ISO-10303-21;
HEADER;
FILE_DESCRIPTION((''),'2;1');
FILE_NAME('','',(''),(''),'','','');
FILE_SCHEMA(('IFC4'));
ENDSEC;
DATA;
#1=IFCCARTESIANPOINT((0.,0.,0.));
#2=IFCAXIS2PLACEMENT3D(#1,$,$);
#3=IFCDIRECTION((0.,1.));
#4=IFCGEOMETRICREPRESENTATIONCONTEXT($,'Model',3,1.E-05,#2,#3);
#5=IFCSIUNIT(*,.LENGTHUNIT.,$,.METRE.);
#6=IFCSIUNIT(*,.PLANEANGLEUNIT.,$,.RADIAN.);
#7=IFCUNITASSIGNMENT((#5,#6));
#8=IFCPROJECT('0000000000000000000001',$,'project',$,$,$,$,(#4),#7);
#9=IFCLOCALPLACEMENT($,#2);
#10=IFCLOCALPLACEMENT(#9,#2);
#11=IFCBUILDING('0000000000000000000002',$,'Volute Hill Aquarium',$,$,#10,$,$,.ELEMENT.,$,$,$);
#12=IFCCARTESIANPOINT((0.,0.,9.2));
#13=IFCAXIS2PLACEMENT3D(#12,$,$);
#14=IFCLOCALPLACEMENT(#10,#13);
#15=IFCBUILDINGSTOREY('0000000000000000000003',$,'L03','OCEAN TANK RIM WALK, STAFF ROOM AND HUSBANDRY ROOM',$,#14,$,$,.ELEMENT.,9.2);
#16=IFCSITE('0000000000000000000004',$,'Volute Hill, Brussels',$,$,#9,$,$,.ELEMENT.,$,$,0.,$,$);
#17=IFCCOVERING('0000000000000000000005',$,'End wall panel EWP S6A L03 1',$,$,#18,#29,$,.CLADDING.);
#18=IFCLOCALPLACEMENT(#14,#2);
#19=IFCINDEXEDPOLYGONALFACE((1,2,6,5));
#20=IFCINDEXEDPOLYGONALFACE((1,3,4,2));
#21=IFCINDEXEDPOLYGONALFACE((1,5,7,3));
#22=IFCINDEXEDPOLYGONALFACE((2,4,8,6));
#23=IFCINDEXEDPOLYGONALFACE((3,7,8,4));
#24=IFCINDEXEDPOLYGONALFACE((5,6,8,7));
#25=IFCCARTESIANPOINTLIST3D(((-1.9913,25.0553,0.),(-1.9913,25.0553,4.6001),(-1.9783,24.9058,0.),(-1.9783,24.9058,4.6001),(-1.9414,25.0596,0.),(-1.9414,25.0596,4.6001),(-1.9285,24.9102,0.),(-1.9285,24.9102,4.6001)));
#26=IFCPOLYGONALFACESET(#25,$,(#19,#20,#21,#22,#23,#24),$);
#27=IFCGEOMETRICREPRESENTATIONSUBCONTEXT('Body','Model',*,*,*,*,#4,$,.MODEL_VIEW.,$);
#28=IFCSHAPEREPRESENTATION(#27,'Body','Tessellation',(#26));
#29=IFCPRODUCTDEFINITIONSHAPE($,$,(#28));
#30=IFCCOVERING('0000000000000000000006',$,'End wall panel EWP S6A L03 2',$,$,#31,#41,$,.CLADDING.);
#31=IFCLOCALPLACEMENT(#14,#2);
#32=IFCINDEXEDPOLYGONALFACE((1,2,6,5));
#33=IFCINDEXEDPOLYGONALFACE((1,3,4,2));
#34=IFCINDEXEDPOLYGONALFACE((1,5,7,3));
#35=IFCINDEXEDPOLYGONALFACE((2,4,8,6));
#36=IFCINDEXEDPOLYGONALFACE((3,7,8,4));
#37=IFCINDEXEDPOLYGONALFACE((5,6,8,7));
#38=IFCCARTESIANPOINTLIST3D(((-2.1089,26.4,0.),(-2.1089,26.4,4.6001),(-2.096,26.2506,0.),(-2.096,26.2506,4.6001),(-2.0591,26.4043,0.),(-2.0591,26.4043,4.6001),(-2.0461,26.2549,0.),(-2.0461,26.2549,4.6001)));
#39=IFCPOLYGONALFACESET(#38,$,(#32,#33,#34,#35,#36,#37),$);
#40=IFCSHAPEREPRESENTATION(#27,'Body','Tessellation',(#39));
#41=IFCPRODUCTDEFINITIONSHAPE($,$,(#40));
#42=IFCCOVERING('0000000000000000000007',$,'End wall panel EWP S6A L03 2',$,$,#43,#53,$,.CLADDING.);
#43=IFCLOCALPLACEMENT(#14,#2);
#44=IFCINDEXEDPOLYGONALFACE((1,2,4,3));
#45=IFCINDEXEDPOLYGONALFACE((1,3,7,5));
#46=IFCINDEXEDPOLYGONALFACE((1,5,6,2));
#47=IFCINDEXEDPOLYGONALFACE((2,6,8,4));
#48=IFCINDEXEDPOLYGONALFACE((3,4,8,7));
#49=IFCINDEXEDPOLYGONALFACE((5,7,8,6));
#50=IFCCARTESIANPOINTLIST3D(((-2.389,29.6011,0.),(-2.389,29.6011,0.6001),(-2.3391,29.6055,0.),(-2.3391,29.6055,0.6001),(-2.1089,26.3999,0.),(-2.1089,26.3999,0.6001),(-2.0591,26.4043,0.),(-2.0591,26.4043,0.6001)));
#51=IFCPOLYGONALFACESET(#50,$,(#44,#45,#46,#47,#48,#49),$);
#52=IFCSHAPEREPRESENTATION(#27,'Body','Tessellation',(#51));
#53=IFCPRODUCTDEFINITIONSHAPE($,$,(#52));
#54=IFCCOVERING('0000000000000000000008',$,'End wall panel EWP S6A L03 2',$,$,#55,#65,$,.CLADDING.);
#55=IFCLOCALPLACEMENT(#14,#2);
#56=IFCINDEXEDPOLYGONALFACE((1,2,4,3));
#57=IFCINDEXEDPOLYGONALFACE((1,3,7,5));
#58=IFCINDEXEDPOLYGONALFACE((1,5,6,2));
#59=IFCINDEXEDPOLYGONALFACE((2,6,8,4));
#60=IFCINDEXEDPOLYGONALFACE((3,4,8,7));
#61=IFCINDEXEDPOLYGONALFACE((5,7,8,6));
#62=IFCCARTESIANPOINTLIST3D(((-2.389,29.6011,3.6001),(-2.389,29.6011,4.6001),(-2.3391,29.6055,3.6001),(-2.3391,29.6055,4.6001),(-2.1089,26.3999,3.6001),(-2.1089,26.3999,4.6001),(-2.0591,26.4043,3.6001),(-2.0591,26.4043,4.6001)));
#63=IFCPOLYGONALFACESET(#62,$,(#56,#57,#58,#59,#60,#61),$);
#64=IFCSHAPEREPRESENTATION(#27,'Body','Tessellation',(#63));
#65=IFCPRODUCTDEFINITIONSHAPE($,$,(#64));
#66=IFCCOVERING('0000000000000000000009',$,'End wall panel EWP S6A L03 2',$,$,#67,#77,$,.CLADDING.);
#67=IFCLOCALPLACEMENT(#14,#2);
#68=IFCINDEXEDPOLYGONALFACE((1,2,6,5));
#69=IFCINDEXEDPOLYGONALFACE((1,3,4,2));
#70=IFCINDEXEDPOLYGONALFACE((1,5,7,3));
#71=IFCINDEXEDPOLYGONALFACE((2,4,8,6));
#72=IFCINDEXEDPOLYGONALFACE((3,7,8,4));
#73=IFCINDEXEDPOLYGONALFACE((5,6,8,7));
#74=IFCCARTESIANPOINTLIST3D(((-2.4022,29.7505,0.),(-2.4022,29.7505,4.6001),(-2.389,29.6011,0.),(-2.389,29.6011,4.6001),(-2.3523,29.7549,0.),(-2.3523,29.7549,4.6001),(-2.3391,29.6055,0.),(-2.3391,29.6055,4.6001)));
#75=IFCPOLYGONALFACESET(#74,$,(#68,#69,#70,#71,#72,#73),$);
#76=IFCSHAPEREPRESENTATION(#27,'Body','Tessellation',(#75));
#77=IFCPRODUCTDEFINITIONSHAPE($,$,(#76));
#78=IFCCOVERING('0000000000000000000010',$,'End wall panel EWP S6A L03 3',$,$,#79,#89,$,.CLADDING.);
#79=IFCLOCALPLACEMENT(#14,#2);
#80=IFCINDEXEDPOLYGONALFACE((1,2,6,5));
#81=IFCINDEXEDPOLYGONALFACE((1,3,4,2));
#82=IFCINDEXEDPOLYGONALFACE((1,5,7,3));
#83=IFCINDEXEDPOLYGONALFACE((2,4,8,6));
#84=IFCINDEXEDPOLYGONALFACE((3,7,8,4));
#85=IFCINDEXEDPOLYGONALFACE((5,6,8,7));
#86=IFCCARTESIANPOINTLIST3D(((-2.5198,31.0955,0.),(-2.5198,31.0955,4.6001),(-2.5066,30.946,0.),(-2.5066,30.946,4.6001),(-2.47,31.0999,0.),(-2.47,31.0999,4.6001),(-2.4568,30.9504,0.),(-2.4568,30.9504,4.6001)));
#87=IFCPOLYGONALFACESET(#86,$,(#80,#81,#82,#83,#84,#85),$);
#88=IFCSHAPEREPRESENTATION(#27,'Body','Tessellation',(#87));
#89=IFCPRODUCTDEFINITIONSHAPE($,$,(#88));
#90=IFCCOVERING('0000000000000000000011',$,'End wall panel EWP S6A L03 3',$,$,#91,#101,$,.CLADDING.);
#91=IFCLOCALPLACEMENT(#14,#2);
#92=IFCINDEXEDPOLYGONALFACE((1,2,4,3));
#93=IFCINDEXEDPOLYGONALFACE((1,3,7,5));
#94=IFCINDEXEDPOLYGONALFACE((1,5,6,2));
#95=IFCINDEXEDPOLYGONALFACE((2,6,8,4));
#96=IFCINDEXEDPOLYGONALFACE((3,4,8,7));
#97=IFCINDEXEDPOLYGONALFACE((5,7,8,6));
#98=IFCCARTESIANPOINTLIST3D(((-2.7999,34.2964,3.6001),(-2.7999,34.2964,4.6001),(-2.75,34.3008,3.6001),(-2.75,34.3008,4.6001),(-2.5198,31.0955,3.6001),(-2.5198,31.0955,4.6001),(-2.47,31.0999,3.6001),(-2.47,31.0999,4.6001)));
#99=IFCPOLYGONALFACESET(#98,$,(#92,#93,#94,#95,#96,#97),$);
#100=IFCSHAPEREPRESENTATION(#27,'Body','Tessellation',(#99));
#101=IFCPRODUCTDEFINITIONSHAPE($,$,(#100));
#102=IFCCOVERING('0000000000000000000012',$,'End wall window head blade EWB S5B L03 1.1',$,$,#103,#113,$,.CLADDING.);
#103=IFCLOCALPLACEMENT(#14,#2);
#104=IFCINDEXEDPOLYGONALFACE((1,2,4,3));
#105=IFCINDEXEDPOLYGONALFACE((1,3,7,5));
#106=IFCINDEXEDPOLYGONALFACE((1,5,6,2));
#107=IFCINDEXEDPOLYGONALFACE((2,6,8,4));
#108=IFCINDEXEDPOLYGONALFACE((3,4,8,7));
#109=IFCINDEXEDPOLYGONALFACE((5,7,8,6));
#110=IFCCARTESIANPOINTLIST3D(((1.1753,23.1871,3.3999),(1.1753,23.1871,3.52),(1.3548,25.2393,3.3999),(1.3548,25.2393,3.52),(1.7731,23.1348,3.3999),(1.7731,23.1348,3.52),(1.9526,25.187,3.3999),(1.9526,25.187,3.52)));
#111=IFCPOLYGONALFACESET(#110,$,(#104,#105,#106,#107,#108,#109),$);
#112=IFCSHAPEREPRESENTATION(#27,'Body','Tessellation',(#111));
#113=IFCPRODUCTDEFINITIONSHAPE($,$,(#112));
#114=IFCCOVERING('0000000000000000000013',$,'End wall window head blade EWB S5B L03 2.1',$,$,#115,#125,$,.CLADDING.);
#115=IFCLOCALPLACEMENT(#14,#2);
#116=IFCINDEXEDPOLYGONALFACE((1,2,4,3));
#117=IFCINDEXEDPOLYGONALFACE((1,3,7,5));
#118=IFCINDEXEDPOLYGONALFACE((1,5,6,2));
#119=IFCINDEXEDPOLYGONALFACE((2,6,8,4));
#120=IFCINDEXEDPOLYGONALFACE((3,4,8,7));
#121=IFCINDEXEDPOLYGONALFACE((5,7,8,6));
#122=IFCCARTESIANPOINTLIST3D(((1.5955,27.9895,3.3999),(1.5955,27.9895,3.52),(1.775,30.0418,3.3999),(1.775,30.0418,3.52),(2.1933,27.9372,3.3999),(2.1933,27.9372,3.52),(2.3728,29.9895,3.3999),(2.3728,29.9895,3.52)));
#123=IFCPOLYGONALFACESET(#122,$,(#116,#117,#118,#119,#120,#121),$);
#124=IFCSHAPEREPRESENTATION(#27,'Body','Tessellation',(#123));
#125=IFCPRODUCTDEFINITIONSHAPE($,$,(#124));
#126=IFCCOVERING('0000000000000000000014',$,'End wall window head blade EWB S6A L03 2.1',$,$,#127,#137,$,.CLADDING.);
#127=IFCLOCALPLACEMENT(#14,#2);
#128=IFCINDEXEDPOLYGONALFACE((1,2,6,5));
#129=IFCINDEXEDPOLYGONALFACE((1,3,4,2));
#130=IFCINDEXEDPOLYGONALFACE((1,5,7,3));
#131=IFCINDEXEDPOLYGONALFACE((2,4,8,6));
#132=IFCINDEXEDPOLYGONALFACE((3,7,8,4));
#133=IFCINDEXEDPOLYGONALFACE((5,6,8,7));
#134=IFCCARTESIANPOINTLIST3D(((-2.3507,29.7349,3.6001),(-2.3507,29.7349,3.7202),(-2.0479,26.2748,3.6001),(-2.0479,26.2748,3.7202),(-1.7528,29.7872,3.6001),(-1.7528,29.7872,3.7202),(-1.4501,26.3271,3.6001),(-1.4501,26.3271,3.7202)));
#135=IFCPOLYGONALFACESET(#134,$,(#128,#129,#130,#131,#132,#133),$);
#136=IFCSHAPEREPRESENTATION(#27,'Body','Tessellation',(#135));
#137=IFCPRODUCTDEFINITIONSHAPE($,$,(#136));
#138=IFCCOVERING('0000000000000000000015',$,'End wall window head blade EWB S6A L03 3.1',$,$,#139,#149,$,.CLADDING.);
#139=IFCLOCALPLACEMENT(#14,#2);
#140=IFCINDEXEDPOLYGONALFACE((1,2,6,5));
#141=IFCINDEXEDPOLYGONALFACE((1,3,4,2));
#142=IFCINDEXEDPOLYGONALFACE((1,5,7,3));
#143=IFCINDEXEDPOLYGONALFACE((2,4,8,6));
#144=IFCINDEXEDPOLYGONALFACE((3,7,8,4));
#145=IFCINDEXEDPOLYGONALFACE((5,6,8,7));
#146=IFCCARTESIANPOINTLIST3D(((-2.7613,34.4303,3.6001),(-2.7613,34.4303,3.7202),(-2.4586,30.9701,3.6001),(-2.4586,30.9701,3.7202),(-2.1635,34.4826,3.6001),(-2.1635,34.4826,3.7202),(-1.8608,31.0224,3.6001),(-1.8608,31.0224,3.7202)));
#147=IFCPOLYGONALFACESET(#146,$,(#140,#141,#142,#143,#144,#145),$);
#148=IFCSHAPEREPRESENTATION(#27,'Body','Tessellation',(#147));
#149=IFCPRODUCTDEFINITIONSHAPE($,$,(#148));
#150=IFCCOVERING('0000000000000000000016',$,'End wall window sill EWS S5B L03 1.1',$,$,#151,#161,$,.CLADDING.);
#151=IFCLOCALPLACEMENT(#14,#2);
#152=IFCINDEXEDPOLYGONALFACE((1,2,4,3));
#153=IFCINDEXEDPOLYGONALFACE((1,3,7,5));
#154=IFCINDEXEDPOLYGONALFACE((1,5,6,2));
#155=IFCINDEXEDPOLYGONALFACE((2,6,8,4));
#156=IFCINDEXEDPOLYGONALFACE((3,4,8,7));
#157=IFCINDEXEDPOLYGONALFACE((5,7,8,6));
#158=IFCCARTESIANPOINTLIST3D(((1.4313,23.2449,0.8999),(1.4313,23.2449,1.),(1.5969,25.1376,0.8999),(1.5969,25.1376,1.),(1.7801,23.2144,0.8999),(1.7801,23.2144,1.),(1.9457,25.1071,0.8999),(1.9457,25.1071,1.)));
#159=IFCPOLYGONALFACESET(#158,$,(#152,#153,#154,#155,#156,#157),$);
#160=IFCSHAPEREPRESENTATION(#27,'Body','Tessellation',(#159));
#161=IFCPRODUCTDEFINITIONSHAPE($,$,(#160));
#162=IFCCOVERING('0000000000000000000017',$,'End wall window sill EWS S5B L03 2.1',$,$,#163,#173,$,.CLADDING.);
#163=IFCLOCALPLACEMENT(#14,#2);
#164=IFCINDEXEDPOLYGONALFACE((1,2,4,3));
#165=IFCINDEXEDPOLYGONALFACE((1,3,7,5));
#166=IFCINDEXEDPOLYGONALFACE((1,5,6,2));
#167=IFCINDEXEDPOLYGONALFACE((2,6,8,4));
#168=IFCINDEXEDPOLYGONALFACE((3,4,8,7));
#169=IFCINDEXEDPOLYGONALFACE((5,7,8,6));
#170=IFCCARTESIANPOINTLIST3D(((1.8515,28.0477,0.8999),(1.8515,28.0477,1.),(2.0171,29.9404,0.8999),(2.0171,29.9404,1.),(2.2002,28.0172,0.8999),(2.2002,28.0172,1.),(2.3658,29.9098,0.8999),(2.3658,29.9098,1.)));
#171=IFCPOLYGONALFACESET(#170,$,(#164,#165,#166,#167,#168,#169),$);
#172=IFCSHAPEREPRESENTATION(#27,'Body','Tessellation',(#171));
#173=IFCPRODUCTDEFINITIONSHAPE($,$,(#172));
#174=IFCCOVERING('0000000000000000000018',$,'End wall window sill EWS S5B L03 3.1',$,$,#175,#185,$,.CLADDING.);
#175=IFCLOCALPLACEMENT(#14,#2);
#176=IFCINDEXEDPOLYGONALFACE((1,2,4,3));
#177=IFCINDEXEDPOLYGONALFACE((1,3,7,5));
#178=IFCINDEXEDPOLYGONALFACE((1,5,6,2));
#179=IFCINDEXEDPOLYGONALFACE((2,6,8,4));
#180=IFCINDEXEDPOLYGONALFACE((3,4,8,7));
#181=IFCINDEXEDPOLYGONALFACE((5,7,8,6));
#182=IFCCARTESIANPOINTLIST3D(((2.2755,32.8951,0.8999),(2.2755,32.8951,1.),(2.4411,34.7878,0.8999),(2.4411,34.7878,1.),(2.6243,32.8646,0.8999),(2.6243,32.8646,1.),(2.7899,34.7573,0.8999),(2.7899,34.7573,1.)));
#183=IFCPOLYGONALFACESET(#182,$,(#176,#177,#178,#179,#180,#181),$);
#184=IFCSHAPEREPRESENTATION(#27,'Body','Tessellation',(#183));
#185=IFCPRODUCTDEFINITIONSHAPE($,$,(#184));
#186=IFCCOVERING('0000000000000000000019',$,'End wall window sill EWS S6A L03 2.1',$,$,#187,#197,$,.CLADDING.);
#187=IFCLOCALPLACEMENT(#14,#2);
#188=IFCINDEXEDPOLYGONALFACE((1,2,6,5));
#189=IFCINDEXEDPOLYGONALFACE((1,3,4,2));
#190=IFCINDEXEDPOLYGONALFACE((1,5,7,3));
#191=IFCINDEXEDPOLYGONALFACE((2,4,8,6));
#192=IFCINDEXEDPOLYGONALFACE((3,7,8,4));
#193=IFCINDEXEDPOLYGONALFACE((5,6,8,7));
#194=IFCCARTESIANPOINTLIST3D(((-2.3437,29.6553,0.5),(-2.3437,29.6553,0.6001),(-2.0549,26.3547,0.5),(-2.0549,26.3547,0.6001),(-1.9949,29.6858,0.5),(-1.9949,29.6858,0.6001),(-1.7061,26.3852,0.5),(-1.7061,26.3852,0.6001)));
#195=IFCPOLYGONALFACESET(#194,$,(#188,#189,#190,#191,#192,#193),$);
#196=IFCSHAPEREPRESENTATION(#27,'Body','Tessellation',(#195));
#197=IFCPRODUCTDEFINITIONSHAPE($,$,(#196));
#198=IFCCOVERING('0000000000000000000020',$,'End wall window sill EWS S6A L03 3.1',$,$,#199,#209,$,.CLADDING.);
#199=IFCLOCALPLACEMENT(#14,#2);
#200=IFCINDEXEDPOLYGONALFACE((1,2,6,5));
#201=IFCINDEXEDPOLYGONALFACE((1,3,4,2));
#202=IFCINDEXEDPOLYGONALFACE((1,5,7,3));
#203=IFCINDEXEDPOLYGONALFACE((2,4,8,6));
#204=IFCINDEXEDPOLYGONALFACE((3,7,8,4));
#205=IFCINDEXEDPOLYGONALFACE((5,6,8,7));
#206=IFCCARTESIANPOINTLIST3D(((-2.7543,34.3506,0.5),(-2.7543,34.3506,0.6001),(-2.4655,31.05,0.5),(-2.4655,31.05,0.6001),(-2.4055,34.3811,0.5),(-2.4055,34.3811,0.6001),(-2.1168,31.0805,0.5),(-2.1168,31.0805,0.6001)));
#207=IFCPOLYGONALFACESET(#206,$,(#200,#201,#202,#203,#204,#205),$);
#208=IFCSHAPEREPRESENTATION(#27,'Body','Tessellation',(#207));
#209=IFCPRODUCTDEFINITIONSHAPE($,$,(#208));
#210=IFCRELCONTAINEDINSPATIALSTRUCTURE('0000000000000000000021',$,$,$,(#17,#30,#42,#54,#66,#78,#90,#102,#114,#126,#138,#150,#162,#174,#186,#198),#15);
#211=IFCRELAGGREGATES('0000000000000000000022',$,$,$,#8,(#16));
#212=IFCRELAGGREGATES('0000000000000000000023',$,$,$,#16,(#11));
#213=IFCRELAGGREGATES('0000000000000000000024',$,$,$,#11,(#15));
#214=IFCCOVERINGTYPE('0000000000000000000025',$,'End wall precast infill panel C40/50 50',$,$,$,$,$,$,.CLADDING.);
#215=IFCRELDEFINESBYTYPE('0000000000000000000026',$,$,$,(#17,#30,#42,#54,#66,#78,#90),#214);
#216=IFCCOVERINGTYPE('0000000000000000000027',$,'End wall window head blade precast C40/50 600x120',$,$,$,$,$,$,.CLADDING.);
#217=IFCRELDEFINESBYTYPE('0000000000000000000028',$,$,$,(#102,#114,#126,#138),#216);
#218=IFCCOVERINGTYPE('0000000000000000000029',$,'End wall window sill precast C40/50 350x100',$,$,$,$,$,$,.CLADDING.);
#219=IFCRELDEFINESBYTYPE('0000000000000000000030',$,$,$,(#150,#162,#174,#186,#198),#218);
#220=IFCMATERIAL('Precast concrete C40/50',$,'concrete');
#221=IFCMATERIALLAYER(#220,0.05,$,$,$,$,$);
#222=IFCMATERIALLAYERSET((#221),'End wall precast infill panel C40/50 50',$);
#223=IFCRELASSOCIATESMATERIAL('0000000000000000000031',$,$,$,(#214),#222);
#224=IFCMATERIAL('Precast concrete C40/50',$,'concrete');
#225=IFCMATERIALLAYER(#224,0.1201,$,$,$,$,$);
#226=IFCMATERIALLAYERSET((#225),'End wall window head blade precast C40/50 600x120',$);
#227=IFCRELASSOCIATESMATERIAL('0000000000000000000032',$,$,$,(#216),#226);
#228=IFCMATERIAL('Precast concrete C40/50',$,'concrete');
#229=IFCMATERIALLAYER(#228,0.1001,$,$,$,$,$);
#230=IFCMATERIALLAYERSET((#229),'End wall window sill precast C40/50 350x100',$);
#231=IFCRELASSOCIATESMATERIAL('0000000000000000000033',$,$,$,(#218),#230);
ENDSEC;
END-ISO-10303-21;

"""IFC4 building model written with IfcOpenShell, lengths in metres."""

from ifc_helpers import new_model, si_unit, direction, frame, origin, origin_2d, place, context, subcontext, project, spatial, polyline, rectangle, outline, extrude, material, layer, layer_set, type_object, element, save


model = new_model("IFC4")

# Units and contexts
model_context = context("Model", 3, precision=1e-05, world=origin(), true_north=direction((0.0, 1.0)))
body_context = subcontext(model_context, "Body", "Model", "MODEL_VIEW")
ifc_project = project(units=[si_unit("LENGTHUNIT", "METRE"), si_unit("PLANEANGLEUNIT", "RADIAN")], contexts=[model_context])

# Site, building, storey
site_placement = place(None, origin())
site = spatial("IfcSite", under=ifc_project, at=site_placement, Name="Volute Hill, Brussels", CompositionType="ELEMENT", RefElevation=0.0)
building_placement = place(site_placement, origin())
building = spatial("IfcBuilding", under=site, at=building_placement, Name="Volute Hill Aquarium", CompositionType="ELEMENT")
storey_placement = place(building_placement, frame((0.0, 0.0, 9.2)))
storey = spatial("IfcBuildingStorey", under=building, at=storey_placement, Name="L03", Description="OCEAN TANK RIM WALK, STAFF ROOM AND HUSBANDRY ROOM", CompositionType="ELEMENT", Elevation=9.2)

# Coverings
ifc_material_1 = material(Name="Precast concrete C40/50", Category="concrete")
ifc_layer_1 = layer(ifc_material_1, 0.05)
ifc_layer_set_1 = layer_set([ifc_layer_1], Name="End wall precast infill panel C40/50 50")
covering_type_1 = type_object("IfcCoveringType", Name="End wall precast infill panel C40/50 50", PredefinedType="CLADDING", material=ifc_layer_set_1)
for number, where, z_axis, x_axis, name in (
    (1, (-1.9285, 24.9102, 0.0), (0.996271, 0.086278, 0.0), (-0.086278, 0.996271, 0.0), "End wall panel EWP S6A L03 1"),
    (2, (-2.0461, 26.2549, 0.0), (0.996271, 0.086278, 0.0), (-0.086278, 0.996271, 0.0), "End wall panel EWP S6A L03 2"),
):
    element("IfcCovering", number, at=place(storey_placement, frame(where, z_axis=z_axis, x_axis=x_axis)), inside=storey, type_object=covering_type_1, Name=name, PredefinedType="CLADDING", context=body_context, shape_type="SweptSolid", body=[
        extrude(outline(polyline([(0.0, 0.0), (0.15, 0.0), (0.15, 4.6001), (0.0, 4.6001), (0.0, 0.0)])), origin(), (0.0, 0.0, -1.0), 0.05),
    ])
covering_1_placement = place(storey_placement, frame((-2.0591, 26.4043, 0.0), z_axis=(0.996196, 0.087144, 0.0), x_axis=(-0.087144, 0.996196, 0.0)))
element("IfcCovering", 3, at=covering_1_placement, inside=storey, type_object=covering_type_1, Name="End wall panel EWP S6A L03 2", PredefinedType="CLADDING", context=body_context, shape_type="SweptSolid", body=[
    extrude(outline(polyline([(0.0, 0.0), (3.2134, 0.0), (3.2134, 0.6001), (0.0, 0.6001), (0.0, 0.0)])), origin(), (0.0, 0.0, -1.0), 0.05),
])
covering_2_placement = place(storey_placement, frame((-2.0591, 26.4043, 3.6001), z_axis=(0.996196, 0.087144, 0.0), x_axis=(-0.087144, 0.996196, 0.0)))
element("IfcCovering", 4, at=covering_2_placement, inside=storey, type_object=covering_type_1, Name="End wall panel EWP S6A L03 2", PredefinedType="CLADDING", context=body_context, shape_type="SweptSolid", body=[
    extrude(outline(polyline([(0.0, 0.0), (3.2134, 0.0), (3.2134, 1.0), (0.0, 1.0), (0.0, 0.0)])), origin(), (0.0, 0.0, -1.0), 0.05),
])
for number, where, z_axis, x_axis, name in (
    (5, (-2.3391, 29.6055, 0.0), (0.99613, 0.087894, 0.0), (-0.087894, 0.99613, 0.0), "End wall panel EWP S6A L03 2"),
    (6, (-2.4568, 30.9504, 0.0), (0.99613, 0.087894, 0.0), (-0.087894, 0.99613, 0.0), "End wall panel EWP S6A L03 3"),
):
    element("IfcCovering", number, at=place(storey_placement, frame(where, z_axis=z_axis, x_axis=x_axis)), inside=storey, type_object=covering_type_1, Name=name, PredefinedType="CLADDING", context=body_context, shape_type="SweptSolid", body=[
        extrude(outline(polyline([(0.0, 0.0), (0.15, 0.0), (0.15, 4.6001), (0.0, 4.6001), (0.0, 0.0)])), origin(), (0.0, 0.0, -1.0), 0.05),
    ])
covering_3_placement = place(storey_placement, frame((-2.47, 31.0999, 3.6001), z_axis=(0.996195, 0.087151, 0.0), x_axis=(-0.087151, 0.996195, 0.0)))
element("IfcCovering", 7, at=covering_3_placement, inside=storey, type_object=covering_type_1, Name="End wall panel EWP S6A L03 3", PredefinedType="CLADDING", context=body_context, shape_type="SweptSolid", body=[
    extrude(outline(polyline([(0.0, 0.0), (3.2132, 0.0), (3.2132, 1.0), (0.0, 1.0), (0.0, 0.0)])), origin(), (0.0, 0.0, -1.0), 0.05),
])
ifc_material_2 = material(Name="Precast concrete C40/50", Category="concrete")
ifc_layer_2 = layer(ifc_material_2, 0.1201)
ifc_layer_set_2 = layer_set([ifc_layer_2], Name="End wall window head blade precast C40/50 600x120")
covering_type_2 = type_object("IfcCoveringType", Name="End wall window head blade precast C40/50 600x120", PredefinedType="CLADDING", material=ifc_layer_set_2)
for number, where, z_axis, x_axis, name in (
    (8, (1.564, 24.187, 3.3999), (0.0, 0.0, 1.0), (0.087154, 0.996195, 0.0), "End wall window head blade EWB S5B L03 1.1"),
    (9, (1.9841, 28.9895, 3.3999), (0.0, 0.0, 1.0), (0.087154, 0.996195, 0.0), "End wall window head blade EWB S5B L03 2.1"),
):
    element("IfcCovering", number, at=place(storey_placement, frame(where, z_axis=z_axis, x_axis=x_axis)), inside=storey, type_object=covering_type_2, Name=name, PredefinedType="CLADDING", context=body_context, shape_type="SweptSolid", body=[
        extrude(rectangle(XDim=2.0601, YDim=0.6001, at=origin_2d()), origin(), (0.0, 0.0, 1.0), 0.1201),
    ])
for number, where, z_axis, x_axis, name in (
    (10, (-1.9004, 28.031, 3.6001), (0.0, 0.0, 1.0), (-0.087155, 0.996195, 0.0), "End wall window head blade EWB S6A L03 2.1"),
    (11, (-2.311, 32.7263, 3.6001), (0.0, 0.0, 1.0), (-0.087155, 0.996195, 0.0), "End wall window head blade EWB S6A L03 3.1"),
):
    element("IfcCovering", number, at=place(storey_placement, frame(where, z_axis=z_axis, x_axis=x_axis)), inside=storey, type_object=covering_type_2, Name=name, PredefinedType="CLADDING", context=body_context, shape_type="SweptSolid", body=[
        extrude(rectangle(XDim=3.4734, YDim=0.6001, at=origin_2d()), origin(), (0.0, 0.0, 1.0), 0.1201),
    ])
ifc_material_3 = material(Name="Precast concrete C40/50", Category="concrete")
ifc_layer_3 = layer(ifc_material_3, 0.1001)
ifc_layer_set_3 = layer_set([ifc_layer_3], Name="End wall window sill precast C40/50 350x100")
covering_type_3 = type_object("IfcCoveringType", Name="End wall window sill precast C40/50 350x100", PredefinedType="CLADDING", material=ifc_layer_set_3)
for number, where, z_axis, x_axis, name in (
    (12, (1.6885, 24.176, 0.8999), (0.0, 0.0, 1.0), (0.087154, 0.996195, 0.0), "End wall window sill EWS S5B L03 1.1"),
    (13, (2.1086, 28.9788, 0.8999), (0.0, 0.0, 1.0), (0.087154, 0.996195, 0.0), "End wall window sill EWS S5B L03 2.1"),
    (14, (2.5327, 33.8262, 0.8999), (0.0, 0.0, 1.0), (0.087154, 0.996195, 0.0), "End wall window sill EWS S5B L03 3.1"),
):
    element("IfcCovering", number, at=place(storey_placement, frame(where, z_axis=z_axis, x_axis=x_axis)), inside=storey, type_object=covering_type_3, Name=name, PredefinedType="CLADDING", context=body_context, shape_type="SweptSolid", body=[
        extrude(rectangle(XDim=1.8999, YDim=0.3501, at=origin_2d()), origin(), (0.0, 0.0, 1.0), 0.1001),
    ])
for number, where, z_axis, x_axis, name in (
    (15, (-2.0249, 28.0203, 0.5), (0.0, 0.0, 1.0), (-0.087155, 0.996195, 0.0), "End wall window sill EWS S6A L03 2.1"),
    (16, (-2.4355, 32.7156, 0.5), (0.0, 0.0, 1.0), (-0.087155, 0.996195, 0.0), "End wall window sill EWS S6A L03 3.1"),
):
    element("IfcCovering", number, at=place(storey_placement, frame(where, z_axis=z_axis, x_axis=x_axis)), inside=storey, type_object=covering_type_3, Name=name, PredefinedType="CLADDING", context=body_context, shape_type="SweptSolid", body=[
        extrude(rectangle(XDim=3.3132, YDim=0.3501, at=origin_2d()), origin(), (0.0, 0.0, 1.0), 0.1001),
    ])

save(model, "model.ifc")
